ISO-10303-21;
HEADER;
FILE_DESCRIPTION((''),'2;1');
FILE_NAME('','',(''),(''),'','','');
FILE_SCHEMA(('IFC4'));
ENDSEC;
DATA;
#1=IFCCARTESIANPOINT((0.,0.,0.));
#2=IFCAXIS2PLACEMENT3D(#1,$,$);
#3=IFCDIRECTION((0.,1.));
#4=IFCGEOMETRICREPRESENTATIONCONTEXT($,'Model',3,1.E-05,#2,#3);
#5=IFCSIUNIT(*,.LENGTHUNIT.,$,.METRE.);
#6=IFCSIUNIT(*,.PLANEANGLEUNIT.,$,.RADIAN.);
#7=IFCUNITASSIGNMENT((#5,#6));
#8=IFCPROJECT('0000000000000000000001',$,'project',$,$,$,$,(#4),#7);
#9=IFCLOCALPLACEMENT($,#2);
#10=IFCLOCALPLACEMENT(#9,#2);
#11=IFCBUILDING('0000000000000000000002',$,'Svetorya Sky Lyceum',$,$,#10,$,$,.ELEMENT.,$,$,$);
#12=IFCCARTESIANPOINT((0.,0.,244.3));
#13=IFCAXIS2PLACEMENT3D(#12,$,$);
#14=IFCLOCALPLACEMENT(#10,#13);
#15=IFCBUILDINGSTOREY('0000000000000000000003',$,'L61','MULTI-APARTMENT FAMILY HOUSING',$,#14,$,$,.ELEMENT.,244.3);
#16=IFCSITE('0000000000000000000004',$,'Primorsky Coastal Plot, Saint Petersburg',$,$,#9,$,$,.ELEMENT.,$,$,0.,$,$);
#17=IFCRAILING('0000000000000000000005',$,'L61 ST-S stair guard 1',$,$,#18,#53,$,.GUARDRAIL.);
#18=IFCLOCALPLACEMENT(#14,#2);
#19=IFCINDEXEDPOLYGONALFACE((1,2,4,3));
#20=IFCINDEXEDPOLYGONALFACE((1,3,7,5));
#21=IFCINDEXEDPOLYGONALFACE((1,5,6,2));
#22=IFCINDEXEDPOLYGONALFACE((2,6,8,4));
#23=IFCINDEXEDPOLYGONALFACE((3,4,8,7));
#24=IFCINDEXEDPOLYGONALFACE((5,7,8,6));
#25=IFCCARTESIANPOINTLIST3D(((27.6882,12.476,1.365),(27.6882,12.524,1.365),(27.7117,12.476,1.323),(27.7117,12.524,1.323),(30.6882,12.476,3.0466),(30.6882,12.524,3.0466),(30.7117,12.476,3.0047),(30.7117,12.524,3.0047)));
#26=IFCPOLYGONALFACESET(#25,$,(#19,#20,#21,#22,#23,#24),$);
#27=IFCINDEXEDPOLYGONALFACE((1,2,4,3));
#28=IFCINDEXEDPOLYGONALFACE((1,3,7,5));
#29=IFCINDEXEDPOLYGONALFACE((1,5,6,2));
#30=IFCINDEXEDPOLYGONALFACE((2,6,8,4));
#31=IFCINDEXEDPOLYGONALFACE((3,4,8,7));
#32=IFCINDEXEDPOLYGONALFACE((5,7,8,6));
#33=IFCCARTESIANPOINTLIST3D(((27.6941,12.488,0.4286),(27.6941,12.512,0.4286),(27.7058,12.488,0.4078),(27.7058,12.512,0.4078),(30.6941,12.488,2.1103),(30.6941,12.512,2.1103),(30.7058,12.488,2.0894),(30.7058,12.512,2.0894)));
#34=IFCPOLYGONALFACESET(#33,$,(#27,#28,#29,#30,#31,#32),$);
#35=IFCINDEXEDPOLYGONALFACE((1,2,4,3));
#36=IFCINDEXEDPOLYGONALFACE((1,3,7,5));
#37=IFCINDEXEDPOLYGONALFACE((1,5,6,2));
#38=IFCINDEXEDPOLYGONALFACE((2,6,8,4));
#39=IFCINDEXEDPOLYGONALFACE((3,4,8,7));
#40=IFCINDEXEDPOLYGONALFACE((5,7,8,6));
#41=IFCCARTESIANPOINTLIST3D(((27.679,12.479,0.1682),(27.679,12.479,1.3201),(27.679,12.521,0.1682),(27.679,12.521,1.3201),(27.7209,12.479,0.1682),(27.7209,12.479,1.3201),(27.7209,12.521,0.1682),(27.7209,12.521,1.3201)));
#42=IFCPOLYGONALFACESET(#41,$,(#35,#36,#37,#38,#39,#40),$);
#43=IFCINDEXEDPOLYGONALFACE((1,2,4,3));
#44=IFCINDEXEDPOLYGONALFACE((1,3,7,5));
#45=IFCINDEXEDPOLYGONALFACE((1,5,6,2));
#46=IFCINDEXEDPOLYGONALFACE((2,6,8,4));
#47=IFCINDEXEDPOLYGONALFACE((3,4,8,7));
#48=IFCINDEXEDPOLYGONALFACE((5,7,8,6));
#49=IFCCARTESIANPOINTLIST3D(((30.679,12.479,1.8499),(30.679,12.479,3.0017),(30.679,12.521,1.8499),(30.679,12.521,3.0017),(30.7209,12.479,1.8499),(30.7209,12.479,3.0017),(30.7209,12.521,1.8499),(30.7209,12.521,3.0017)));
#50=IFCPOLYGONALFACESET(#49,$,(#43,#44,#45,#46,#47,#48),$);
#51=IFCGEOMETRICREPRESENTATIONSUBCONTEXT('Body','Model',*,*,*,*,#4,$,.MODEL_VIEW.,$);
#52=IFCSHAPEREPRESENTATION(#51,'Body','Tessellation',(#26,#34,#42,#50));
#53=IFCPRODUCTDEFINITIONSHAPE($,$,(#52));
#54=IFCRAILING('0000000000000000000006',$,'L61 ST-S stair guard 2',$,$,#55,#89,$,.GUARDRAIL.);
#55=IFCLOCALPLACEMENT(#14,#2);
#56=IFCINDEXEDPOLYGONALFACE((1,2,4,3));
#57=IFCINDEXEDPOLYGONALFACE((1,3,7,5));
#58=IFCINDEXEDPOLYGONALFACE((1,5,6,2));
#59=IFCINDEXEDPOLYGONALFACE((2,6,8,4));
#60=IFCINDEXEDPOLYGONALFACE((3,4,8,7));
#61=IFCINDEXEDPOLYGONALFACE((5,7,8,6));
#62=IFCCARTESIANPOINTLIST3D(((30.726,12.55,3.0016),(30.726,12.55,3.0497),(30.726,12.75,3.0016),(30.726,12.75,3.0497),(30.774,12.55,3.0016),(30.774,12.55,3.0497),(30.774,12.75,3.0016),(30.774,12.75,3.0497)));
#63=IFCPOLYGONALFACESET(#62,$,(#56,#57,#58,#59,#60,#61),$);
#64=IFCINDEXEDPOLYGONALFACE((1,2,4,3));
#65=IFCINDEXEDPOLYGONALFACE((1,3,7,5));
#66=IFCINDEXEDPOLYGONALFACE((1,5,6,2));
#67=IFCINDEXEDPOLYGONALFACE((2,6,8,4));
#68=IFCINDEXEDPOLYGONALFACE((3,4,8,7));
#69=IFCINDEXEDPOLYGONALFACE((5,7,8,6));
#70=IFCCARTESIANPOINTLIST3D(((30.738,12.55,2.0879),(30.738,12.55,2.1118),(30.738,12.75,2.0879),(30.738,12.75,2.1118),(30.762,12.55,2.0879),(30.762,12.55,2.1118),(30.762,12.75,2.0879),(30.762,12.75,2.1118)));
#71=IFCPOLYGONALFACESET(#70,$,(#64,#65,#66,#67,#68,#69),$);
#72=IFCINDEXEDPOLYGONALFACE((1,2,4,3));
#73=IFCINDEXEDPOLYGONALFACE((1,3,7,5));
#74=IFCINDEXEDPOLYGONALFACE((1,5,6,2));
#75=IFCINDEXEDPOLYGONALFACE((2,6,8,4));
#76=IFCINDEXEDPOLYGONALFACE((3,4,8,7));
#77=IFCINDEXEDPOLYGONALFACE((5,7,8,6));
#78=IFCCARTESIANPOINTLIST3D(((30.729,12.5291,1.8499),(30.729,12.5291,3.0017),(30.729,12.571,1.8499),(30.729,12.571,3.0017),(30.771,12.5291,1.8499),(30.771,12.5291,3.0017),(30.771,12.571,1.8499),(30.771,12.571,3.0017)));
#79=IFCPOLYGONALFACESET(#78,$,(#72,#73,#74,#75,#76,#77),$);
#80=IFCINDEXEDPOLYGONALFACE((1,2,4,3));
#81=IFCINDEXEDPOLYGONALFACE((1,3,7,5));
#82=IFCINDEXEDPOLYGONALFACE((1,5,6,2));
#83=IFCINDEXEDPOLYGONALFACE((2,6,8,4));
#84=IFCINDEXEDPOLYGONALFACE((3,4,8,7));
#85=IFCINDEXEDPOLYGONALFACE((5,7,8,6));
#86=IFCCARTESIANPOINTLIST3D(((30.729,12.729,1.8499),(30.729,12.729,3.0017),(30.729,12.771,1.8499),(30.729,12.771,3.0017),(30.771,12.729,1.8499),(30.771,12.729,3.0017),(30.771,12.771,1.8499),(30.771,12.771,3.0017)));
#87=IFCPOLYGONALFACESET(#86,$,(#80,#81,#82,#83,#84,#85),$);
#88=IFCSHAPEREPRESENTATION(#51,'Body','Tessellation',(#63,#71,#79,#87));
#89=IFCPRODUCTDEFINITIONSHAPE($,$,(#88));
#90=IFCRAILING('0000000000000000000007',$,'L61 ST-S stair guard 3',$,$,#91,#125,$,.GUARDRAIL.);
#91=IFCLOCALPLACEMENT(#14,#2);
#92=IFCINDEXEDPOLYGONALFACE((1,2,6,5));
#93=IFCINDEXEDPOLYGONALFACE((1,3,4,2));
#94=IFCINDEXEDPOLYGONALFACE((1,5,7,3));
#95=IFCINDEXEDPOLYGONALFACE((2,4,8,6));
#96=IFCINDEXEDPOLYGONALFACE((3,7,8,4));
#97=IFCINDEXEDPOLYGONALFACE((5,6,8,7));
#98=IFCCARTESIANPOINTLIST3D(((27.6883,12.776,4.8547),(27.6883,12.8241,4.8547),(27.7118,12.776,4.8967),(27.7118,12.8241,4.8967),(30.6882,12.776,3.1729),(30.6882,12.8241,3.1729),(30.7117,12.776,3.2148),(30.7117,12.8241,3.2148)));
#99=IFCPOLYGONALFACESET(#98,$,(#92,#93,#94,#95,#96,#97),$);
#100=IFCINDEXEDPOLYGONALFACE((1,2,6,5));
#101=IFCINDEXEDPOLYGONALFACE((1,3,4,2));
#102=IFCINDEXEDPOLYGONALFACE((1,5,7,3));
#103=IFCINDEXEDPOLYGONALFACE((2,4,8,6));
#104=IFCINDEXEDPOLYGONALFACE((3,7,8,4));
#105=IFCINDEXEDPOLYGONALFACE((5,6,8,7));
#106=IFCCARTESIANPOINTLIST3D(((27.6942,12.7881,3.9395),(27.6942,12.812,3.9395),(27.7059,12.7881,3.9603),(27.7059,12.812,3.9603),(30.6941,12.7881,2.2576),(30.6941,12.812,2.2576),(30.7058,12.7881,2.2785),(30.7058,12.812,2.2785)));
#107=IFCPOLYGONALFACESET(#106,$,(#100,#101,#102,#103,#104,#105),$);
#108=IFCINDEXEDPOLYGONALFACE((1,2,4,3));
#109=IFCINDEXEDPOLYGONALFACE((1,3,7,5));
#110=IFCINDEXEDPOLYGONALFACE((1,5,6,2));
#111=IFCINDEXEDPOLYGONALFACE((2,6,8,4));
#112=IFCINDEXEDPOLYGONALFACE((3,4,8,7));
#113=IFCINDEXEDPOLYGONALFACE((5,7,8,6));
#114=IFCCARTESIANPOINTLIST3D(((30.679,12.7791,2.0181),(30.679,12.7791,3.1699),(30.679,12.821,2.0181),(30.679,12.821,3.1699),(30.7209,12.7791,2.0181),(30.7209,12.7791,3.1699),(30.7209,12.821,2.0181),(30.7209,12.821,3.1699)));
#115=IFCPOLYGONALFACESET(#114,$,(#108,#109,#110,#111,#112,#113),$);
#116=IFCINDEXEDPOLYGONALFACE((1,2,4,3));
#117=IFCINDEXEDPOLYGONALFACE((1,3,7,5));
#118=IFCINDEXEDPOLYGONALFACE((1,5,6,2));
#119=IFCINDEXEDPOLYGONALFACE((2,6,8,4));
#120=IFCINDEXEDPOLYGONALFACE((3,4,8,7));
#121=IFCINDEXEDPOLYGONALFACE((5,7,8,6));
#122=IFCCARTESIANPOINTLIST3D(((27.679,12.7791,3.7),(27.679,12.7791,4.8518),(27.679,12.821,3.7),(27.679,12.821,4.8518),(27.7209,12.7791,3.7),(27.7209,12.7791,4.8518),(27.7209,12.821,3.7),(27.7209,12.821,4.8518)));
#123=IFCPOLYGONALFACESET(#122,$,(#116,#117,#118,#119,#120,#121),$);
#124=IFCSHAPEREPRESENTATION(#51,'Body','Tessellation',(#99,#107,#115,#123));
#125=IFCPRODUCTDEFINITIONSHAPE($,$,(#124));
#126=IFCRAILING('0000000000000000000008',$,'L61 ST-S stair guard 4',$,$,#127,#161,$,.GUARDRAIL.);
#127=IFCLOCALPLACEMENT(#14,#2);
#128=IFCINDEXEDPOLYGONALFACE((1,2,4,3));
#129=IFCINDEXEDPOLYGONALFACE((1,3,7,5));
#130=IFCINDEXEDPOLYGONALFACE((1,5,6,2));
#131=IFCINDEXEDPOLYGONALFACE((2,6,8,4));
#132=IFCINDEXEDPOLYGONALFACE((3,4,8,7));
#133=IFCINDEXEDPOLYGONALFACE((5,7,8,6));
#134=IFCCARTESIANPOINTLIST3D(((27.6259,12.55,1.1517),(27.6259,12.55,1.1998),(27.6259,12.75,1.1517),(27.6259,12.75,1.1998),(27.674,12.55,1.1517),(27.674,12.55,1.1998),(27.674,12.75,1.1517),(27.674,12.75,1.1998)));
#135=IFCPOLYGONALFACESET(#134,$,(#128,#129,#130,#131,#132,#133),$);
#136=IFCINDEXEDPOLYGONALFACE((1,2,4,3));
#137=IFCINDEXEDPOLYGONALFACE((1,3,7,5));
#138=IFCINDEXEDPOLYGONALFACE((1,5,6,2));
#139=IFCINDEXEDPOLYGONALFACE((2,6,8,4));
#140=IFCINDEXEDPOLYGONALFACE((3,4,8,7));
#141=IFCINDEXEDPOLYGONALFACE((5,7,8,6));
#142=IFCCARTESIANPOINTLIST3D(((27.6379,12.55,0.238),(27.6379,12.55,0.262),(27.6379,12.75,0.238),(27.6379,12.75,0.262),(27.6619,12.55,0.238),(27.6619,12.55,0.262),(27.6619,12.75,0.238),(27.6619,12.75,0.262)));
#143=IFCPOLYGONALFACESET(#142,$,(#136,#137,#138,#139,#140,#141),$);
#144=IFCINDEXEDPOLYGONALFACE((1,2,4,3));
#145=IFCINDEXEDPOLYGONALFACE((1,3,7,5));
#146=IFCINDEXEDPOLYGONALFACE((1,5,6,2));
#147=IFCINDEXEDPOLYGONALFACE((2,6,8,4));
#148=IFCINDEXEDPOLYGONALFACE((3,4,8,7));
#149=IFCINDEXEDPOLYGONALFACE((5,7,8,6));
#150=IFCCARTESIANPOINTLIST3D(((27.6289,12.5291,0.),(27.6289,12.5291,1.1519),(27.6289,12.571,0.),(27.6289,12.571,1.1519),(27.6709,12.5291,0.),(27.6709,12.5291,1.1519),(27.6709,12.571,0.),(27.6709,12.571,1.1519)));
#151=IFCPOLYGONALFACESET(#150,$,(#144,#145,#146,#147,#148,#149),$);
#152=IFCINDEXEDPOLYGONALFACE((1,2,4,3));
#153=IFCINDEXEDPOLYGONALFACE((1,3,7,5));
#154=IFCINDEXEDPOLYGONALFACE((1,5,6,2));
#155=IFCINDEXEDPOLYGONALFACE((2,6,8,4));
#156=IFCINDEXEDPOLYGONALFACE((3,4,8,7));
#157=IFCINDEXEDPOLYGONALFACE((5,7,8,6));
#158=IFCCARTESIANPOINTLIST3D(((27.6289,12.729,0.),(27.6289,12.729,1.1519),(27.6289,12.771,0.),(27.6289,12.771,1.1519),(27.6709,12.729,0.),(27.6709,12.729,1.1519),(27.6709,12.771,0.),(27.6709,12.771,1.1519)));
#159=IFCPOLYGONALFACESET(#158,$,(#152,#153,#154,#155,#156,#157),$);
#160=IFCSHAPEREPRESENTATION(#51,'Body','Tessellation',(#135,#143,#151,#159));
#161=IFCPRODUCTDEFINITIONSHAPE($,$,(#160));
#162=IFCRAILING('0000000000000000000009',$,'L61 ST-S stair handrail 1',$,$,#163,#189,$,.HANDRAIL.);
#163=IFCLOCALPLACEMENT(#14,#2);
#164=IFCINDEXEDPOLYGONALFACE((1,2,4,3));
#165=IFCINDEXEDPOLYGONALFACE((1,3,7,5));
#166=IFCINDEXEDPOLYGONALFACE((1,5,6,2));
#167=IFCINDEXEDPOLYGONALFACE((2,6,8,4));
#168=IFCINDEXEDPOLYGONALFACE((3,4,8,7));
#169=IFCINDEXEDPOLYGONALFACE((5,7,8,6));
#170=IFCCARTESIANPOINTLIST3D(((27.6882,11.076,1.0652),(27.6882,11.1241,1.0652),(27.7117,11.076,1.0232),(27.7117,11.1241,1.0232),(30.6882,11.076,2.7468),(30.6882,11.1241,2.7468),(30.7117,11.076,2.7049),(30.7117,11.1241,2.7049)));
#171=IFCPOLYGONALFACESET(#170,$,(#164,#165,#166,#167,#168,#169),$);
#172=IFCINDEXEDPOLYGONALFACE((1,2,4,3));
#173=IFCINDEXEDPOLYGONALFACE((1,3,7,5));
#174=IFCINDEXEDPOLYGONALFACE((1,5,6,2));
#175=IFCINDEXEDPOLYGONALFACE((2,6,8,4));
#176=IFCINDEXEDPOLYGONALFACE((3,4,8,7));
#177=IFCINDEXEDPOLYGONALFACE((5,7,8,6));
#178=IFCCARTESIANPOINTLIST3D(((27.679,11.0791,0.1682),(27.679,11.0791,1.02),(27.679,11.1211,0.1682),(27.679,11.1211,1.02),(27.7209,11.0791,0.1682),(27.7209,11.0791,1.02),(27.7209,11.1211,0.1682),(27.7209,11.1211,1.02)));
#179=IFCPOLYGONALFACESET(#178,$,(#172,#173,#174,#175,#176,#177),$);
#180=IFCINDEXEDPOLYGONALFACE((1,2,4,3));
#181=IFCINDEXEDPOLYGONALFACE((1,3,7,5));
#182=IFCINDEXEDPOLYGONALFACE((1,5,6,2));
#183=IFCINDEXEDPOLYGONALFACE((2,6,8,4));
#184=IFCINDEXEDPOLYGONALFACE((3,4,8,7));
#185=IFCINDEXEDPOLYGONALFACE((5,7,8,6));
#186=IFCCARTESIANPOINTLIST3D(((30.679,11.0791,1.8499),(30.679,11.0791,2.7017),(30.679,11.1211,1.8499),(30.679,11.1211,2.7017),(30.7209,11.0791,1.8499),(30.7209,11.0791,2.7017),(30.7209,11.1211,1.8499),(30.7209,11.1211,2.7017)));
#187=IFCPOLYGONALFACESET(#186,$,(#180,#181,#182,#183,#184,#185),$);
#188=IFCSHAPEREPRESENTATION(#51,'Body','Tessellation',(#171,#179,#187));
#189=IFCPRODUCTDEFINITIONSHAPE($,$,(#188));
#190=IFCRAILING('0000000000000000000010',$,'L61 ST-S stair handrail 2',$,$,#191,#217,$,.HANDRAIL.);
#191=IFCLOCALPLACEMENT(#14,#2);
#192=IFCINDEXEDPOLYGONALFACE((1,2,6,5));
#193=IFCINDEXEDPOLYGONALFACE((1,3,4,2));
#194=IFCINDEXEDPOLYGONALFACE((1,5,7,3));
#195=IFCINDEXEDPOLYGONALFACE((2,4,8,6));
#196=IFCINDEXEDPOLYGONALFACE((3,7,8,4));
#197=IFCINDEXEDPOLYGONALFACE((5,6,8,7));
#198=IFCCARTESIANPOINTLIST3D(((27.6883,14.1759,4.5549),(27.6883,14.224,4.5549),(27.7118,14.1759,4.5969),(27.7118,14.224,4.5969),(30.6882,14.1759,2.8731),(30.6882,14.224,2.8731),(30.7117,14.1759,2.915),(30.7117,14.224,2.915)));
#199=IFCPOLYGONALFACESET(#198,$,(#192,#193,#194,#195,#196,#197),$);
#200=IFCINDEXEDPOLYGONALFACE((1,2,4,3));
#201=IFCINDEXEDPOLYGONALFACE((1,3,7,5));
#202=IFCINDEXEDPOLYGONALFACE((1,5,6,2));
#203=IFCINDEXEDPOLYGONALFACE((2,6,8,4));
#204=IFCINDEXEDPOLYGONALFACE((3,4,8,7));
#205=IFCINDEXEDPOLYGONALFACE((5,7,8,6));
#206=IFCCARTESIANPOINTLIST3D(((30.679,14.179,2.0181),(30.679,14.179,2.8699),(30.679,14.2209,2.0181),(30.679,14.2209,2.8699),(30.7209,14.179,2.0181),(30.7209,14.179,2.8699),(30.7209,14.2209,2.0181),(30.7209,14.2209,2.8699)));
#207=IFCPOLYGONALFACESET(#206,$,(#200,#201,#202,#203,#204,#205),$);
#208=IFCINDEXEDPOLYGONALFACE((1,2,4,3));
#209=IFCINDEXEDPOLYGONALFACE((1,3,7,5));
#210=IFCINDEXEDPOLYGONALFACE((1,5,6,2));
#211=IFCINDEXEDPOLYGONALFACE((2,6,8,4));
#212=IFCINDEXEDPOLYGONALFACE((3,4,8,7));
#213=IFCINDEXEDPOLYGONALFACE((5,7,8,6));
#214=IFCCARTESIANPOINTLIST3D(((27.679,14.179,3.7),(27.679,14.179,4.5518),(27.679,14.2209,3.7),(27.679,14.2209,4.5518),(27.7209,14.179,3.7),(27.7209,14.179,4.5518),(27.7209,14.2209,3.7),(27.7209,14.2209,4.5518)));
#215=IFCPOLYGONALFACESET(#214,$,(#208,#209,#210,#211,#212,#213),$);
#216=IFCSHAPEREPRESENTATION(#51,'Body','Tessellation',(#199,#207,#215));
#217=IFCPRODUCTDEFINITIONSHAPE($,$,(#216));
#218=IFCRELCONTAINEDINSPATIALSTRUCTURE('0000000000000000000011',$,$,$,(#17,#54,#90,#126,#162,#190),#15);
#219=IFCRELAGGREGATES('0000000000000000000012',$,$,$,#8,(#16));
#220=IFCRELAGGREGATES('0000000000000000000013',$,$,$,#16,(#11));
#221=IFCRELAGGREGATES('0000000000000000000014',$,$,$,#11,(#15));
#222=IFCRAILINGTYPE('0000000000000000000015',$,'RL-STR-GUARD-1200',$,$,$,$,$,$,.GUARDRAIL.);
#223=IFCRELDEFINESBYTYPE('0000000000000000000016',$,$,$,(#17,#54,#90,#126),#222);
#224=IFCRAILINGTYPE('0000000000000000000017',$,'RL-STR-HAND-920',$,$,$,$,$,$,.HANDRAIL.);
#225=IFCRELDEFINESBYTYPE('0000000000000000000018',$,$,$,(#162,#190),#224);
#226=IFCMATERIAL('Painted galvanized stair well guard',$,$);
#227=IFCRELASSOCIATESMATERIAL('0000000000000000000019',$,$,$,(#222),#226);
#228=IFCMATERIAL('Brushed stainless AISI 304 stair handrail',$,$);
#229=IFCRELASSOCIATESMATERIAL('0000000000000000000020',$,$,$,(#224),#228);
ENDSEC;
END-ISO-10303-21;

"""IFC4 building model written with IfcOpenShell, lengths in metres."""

from ifc_helpers import new_model, si_unit, direction, frame, origin, origin_2d, place, context, subcontext, project, spatial, rectangle, extrude, material, type_object, element, save


model = new_model("IFC4")

# Units and contexts
model_context = context("Model", 3, precision=1e-05, world=origin(), true_north=direction((0.0, 1.0)))
body_context = subcontext(model_context, "Body", "Model", "MODEL_VIEW")
ifc_project = project(units=[si_unit("LENGTHUNIT", "METRE"), si_unit("PLANEANGLEUNIT", "RADIAN")], contexts=[model_context])

# Site, building, storey
site_placement = place(None, origin())
site = spatial("IfcSite", under=ifc_project, at=site_placement, Name="Primorsky Coastal Plot, Saint Petersburg", CompositionType="ELEMENT", RefElevation=0.0)
building_placement = place(site_placement, origin())
building = spatial("IfcBuilding", under=site, at=building_placement, Name="Svetorya Sky Lyceum", CompositionType="ELEMENT")
storey_placement = place(building_placement, frame((0.0, 0.0, 244.3)))
storey = spatial("IfcBuildingStorey", under=building, at=storey_placement, Name="L61", Description="MULTI-APARTMENT FAMILY HOUSING", CompositionType="ELEMENT", Elevation=244.3)

# Railings
ifc_material_1 = material(Name="Painted galvanized stair well guard")
railing_type_1 = type_object("IfcRailingType", Name="RL-STR-GUARD-1200", PredefinedType="GUARDRAIL", material=ifc_material_1)
railing_1_placement = place(storey_placement, frame((27.7, 12.5, 0.1682)))
element("IfcRailing", 1, at=railing_1_placement, inside=storey, type_object=railing_type_1, Name="L61 ST-S stair guard 1", PredefinedType="GUARDRAIL", context=body_context, shape_type="SweptSolid", body=[
    extrude(rectangle(XDim=0.0481, YDim=0.0481, at=origin_2d()), frame((0.0, 0.0, 1.1758), z_axis=(0.872303, 0.0, 0.488966), x_axis=(0.0, 1.0, 0.0)), (0.0, 0.0, 1.0), 3.4392),
    extrude(rectangle(XDim=0.0239, YDim=0.0239, at=origin_2d()), frame((0.0, 0.0, 0.25), z_axis=(0.872303, 0.0, 0.488966), x_axis=(0.0, 1.0, 0.0)), (0.0, 0.0, 1.0), 3.4392),
    extrude(rectangle(XDim=0.042, YDim=0.042, at=origin_2d()), origin(), (0.0, 0.0, 1.0), 1.1519),
    extrude(rectangle(XDim=0.042, YDim=0.042, at=origin_2d()), frame((3.0, 0.0, 1.6816)), (0.0, 0.0, 1.0), 1.1519),
])
railing_2_placement = place(storey_placement, frame((30.75, 12.55, 1.8499)))
element("IfcRailing", 2, at=railing_2_placement, inside=storey, type_object=railing_type_1, Name="L61 ST-S stair guard 2", PredefinedType="GUARDRAIL", context=body_context, shape_type="SweptSolid", body=[
    extrude(rectangle(XDim=0.0481, YDim=0.0481, at=origin_2d()), frame((0.0, 0.0, 1.1758), z_axis=(0.0, 1.0, 0.0), x_axis=(-1.0, 0.0, 0.0)), (0.0, 0.0, 1.0), 0.2),
    extrude(rectangle(XDim=0.0239, YDim=0.0239, at=origin_2d()), frame((0.0, 0.0, 0.25), z_axis=(0.0, 1.0, 0.0), x_axis=(-1.0, 0.0, 0.0)), (0.0, 0.0, 1.0), 0.2),
    extrude(rectangle(XDim=0.042, YDim=0.042, at=origin_2d()), origin(), (0.0, 0.0, 1.0), 1.1519),
    extrude(rectangle(XDim=0.042, YDim=0.042, at=origin_2d()), frame((0.0, 0.2, 0.0)), (0.0, 0.0, 1.0), 1.1519),
])
railing_3_placement = place(storey_placement, frame((30.7, 12.8, 2.0181)))
element("IfcRailing", 3, at=railing_3_placement, inside=storey, type_object=railing_type_1, Name="L61 ST-S stair guard 3", PredefinedType="GUARDRAIL", context=body_context, shape_type="SweptSolid", body=[
    extrude(rectangle(XDim=0.0481, YDim=0.0481, at=origin_2d()), frame((0.0, 0.0, 1.1758), z_axis=(-0.872272, 0.0, 0.48902), x_axis=(0.0, -1.0, 0.0)), (0.0, 0.0, 1.0), 3.4392),
    extrude(rectangle(XDim=0.0239, YDim=0.0239, at=origin_2d()), frame((0.0, 0.0, 0.25), z_axis=(-0.872272, 0.0, 0.48902), x_axis=(0.0, -1.0, 0.0)), (0.0, 0.0, 1.0), 3.4392),
    extrude(rectangle(XDim=0.042, YDim=0.042, at=origin_2d()), origin(), (0.0, 0.0, 1.0), 1.1519),
    extrude(rectangle(XDim=0.042, YDim=0.042, at=origin_2d()), frame((-3.0, 0.0, 1.6819)), (0.0, 0.0, 1.0), 1.1519),
])
railing_4_placement = place(storey_placement, frame((27.6499, 12.55, 0.0)))
element("IfcRailing", 4, at=railing_4_placement, inside=storey, type_object=railing_type_1, Name="L61 ST-S stair guard 4", PredefinedType="GUARDRAIL", context=body_context, shape_type="SweptSolid", body=[
    extrude(rectangle(XDim=0.0481, YDim=0.0481, at=origin_2d()), frame((0.0, 0.0, 1.1758), z_axis=(0.0, 1.0, 0.0), x_axis=(-1.0, 0.0, 0.0)), (0.0, 0.0, 1.0), 0.2),
    extrude(rectangle(XDim=0.0239, YDim=0.0239, at=origin_2d()), frame((0.0, 0.0, 0.25), z_axis=(0.0, 1.0, 0.0), x_axis=(-1.0, 0.0, 0.0)), (0.0, 0.0, 1.0), 0.2),
    extrude(rectangle(XDim=0.042, YDim=0.042, at=origin_2d()), origin(), (0.0, 0.0, 1.0), 1.1519),
    extrude(rectangle(XDim=0.042, YDim=0.042, at=origin_2d()), frame((0.0, 0.2, 0.0)), (0.0, 0.0, 1.0), 1.1519),
])
ifc_material_2 = material(Name="Brushed stainless AISI 304 stair handrail")
railing_type_2 = type_object("IfcRailingType", Name="RL-STR-HAND-920", PredefinedType="HANDRAIL", material=ifc_material_2)
railing_5_placement = place(storey_placement, frame((27.7, 11.1001, 0.1682)))
element("IfcRailing", 5, at=railing_5_placement, inside=storey, type_object=railing_type_2, Name="L61 ST-S stair handrail 1", PredefinedType="HANDRAIL", context=body_context, shape_type="SweptSolid", body=[
    extrude(rectangle(XDim=0.0481, YDim=0.0481, at=origin_2d()), frame((0.0, 0.0, 0.876), z_axis=(0.872303, 0.0, 0.488966), x_axis=(0.0, 1.0, 0.0)), (0.0, 0.0, 1.0), 3.4392),
    extrude(rectangle(XDim=0.042, YDim=0.042, at=origin_2d()), origin(), (0.0, 0.0, 1.0), 0.8518),
    extrude(rectangle(XDim=0.042, YDim=0.042, at=origin_2d()), frame((3.0, 0.0, 1.6816)), (0.0, 0.0, 1.0), 0.8518),
])
railing_6_placement = place(storey_placement, frame((30.7, 14.2, 2.0181)))
element("IfcRailing", 6, at=railing_6_placement, inside=storey, type_object=railing_type_2, Name="L61 ST-S stair handrail 2", PredefinedType="HANDRAIL", context=body_context, shape_type="SweptSolid", body=[
    extrude(rectangle(XDim=0.0481, YDim=0.0481, at=origin_2d()), frame((0.0, 0.0, 0.876), z_axis=(-0.872272, 0.0, 0.48902), x_axis=(0.0, -1.0, 0.0)), (0.0, 0.0, 1.0), 3.4392),
    extrude(rectangle(XDim=0.042, YDim=0.042, at=origin_2d()), origin(), (0.0, 0.0, 1.0), 0.8518),
    extrude(rectangle(XDim=0.042, YDim=0.042, at=origin_2d()), frame((-3.0, 0.0, 1.6819)), (0.0, 0.0, 1.0), 0.8518),
])

save(model, "model.ifc")
